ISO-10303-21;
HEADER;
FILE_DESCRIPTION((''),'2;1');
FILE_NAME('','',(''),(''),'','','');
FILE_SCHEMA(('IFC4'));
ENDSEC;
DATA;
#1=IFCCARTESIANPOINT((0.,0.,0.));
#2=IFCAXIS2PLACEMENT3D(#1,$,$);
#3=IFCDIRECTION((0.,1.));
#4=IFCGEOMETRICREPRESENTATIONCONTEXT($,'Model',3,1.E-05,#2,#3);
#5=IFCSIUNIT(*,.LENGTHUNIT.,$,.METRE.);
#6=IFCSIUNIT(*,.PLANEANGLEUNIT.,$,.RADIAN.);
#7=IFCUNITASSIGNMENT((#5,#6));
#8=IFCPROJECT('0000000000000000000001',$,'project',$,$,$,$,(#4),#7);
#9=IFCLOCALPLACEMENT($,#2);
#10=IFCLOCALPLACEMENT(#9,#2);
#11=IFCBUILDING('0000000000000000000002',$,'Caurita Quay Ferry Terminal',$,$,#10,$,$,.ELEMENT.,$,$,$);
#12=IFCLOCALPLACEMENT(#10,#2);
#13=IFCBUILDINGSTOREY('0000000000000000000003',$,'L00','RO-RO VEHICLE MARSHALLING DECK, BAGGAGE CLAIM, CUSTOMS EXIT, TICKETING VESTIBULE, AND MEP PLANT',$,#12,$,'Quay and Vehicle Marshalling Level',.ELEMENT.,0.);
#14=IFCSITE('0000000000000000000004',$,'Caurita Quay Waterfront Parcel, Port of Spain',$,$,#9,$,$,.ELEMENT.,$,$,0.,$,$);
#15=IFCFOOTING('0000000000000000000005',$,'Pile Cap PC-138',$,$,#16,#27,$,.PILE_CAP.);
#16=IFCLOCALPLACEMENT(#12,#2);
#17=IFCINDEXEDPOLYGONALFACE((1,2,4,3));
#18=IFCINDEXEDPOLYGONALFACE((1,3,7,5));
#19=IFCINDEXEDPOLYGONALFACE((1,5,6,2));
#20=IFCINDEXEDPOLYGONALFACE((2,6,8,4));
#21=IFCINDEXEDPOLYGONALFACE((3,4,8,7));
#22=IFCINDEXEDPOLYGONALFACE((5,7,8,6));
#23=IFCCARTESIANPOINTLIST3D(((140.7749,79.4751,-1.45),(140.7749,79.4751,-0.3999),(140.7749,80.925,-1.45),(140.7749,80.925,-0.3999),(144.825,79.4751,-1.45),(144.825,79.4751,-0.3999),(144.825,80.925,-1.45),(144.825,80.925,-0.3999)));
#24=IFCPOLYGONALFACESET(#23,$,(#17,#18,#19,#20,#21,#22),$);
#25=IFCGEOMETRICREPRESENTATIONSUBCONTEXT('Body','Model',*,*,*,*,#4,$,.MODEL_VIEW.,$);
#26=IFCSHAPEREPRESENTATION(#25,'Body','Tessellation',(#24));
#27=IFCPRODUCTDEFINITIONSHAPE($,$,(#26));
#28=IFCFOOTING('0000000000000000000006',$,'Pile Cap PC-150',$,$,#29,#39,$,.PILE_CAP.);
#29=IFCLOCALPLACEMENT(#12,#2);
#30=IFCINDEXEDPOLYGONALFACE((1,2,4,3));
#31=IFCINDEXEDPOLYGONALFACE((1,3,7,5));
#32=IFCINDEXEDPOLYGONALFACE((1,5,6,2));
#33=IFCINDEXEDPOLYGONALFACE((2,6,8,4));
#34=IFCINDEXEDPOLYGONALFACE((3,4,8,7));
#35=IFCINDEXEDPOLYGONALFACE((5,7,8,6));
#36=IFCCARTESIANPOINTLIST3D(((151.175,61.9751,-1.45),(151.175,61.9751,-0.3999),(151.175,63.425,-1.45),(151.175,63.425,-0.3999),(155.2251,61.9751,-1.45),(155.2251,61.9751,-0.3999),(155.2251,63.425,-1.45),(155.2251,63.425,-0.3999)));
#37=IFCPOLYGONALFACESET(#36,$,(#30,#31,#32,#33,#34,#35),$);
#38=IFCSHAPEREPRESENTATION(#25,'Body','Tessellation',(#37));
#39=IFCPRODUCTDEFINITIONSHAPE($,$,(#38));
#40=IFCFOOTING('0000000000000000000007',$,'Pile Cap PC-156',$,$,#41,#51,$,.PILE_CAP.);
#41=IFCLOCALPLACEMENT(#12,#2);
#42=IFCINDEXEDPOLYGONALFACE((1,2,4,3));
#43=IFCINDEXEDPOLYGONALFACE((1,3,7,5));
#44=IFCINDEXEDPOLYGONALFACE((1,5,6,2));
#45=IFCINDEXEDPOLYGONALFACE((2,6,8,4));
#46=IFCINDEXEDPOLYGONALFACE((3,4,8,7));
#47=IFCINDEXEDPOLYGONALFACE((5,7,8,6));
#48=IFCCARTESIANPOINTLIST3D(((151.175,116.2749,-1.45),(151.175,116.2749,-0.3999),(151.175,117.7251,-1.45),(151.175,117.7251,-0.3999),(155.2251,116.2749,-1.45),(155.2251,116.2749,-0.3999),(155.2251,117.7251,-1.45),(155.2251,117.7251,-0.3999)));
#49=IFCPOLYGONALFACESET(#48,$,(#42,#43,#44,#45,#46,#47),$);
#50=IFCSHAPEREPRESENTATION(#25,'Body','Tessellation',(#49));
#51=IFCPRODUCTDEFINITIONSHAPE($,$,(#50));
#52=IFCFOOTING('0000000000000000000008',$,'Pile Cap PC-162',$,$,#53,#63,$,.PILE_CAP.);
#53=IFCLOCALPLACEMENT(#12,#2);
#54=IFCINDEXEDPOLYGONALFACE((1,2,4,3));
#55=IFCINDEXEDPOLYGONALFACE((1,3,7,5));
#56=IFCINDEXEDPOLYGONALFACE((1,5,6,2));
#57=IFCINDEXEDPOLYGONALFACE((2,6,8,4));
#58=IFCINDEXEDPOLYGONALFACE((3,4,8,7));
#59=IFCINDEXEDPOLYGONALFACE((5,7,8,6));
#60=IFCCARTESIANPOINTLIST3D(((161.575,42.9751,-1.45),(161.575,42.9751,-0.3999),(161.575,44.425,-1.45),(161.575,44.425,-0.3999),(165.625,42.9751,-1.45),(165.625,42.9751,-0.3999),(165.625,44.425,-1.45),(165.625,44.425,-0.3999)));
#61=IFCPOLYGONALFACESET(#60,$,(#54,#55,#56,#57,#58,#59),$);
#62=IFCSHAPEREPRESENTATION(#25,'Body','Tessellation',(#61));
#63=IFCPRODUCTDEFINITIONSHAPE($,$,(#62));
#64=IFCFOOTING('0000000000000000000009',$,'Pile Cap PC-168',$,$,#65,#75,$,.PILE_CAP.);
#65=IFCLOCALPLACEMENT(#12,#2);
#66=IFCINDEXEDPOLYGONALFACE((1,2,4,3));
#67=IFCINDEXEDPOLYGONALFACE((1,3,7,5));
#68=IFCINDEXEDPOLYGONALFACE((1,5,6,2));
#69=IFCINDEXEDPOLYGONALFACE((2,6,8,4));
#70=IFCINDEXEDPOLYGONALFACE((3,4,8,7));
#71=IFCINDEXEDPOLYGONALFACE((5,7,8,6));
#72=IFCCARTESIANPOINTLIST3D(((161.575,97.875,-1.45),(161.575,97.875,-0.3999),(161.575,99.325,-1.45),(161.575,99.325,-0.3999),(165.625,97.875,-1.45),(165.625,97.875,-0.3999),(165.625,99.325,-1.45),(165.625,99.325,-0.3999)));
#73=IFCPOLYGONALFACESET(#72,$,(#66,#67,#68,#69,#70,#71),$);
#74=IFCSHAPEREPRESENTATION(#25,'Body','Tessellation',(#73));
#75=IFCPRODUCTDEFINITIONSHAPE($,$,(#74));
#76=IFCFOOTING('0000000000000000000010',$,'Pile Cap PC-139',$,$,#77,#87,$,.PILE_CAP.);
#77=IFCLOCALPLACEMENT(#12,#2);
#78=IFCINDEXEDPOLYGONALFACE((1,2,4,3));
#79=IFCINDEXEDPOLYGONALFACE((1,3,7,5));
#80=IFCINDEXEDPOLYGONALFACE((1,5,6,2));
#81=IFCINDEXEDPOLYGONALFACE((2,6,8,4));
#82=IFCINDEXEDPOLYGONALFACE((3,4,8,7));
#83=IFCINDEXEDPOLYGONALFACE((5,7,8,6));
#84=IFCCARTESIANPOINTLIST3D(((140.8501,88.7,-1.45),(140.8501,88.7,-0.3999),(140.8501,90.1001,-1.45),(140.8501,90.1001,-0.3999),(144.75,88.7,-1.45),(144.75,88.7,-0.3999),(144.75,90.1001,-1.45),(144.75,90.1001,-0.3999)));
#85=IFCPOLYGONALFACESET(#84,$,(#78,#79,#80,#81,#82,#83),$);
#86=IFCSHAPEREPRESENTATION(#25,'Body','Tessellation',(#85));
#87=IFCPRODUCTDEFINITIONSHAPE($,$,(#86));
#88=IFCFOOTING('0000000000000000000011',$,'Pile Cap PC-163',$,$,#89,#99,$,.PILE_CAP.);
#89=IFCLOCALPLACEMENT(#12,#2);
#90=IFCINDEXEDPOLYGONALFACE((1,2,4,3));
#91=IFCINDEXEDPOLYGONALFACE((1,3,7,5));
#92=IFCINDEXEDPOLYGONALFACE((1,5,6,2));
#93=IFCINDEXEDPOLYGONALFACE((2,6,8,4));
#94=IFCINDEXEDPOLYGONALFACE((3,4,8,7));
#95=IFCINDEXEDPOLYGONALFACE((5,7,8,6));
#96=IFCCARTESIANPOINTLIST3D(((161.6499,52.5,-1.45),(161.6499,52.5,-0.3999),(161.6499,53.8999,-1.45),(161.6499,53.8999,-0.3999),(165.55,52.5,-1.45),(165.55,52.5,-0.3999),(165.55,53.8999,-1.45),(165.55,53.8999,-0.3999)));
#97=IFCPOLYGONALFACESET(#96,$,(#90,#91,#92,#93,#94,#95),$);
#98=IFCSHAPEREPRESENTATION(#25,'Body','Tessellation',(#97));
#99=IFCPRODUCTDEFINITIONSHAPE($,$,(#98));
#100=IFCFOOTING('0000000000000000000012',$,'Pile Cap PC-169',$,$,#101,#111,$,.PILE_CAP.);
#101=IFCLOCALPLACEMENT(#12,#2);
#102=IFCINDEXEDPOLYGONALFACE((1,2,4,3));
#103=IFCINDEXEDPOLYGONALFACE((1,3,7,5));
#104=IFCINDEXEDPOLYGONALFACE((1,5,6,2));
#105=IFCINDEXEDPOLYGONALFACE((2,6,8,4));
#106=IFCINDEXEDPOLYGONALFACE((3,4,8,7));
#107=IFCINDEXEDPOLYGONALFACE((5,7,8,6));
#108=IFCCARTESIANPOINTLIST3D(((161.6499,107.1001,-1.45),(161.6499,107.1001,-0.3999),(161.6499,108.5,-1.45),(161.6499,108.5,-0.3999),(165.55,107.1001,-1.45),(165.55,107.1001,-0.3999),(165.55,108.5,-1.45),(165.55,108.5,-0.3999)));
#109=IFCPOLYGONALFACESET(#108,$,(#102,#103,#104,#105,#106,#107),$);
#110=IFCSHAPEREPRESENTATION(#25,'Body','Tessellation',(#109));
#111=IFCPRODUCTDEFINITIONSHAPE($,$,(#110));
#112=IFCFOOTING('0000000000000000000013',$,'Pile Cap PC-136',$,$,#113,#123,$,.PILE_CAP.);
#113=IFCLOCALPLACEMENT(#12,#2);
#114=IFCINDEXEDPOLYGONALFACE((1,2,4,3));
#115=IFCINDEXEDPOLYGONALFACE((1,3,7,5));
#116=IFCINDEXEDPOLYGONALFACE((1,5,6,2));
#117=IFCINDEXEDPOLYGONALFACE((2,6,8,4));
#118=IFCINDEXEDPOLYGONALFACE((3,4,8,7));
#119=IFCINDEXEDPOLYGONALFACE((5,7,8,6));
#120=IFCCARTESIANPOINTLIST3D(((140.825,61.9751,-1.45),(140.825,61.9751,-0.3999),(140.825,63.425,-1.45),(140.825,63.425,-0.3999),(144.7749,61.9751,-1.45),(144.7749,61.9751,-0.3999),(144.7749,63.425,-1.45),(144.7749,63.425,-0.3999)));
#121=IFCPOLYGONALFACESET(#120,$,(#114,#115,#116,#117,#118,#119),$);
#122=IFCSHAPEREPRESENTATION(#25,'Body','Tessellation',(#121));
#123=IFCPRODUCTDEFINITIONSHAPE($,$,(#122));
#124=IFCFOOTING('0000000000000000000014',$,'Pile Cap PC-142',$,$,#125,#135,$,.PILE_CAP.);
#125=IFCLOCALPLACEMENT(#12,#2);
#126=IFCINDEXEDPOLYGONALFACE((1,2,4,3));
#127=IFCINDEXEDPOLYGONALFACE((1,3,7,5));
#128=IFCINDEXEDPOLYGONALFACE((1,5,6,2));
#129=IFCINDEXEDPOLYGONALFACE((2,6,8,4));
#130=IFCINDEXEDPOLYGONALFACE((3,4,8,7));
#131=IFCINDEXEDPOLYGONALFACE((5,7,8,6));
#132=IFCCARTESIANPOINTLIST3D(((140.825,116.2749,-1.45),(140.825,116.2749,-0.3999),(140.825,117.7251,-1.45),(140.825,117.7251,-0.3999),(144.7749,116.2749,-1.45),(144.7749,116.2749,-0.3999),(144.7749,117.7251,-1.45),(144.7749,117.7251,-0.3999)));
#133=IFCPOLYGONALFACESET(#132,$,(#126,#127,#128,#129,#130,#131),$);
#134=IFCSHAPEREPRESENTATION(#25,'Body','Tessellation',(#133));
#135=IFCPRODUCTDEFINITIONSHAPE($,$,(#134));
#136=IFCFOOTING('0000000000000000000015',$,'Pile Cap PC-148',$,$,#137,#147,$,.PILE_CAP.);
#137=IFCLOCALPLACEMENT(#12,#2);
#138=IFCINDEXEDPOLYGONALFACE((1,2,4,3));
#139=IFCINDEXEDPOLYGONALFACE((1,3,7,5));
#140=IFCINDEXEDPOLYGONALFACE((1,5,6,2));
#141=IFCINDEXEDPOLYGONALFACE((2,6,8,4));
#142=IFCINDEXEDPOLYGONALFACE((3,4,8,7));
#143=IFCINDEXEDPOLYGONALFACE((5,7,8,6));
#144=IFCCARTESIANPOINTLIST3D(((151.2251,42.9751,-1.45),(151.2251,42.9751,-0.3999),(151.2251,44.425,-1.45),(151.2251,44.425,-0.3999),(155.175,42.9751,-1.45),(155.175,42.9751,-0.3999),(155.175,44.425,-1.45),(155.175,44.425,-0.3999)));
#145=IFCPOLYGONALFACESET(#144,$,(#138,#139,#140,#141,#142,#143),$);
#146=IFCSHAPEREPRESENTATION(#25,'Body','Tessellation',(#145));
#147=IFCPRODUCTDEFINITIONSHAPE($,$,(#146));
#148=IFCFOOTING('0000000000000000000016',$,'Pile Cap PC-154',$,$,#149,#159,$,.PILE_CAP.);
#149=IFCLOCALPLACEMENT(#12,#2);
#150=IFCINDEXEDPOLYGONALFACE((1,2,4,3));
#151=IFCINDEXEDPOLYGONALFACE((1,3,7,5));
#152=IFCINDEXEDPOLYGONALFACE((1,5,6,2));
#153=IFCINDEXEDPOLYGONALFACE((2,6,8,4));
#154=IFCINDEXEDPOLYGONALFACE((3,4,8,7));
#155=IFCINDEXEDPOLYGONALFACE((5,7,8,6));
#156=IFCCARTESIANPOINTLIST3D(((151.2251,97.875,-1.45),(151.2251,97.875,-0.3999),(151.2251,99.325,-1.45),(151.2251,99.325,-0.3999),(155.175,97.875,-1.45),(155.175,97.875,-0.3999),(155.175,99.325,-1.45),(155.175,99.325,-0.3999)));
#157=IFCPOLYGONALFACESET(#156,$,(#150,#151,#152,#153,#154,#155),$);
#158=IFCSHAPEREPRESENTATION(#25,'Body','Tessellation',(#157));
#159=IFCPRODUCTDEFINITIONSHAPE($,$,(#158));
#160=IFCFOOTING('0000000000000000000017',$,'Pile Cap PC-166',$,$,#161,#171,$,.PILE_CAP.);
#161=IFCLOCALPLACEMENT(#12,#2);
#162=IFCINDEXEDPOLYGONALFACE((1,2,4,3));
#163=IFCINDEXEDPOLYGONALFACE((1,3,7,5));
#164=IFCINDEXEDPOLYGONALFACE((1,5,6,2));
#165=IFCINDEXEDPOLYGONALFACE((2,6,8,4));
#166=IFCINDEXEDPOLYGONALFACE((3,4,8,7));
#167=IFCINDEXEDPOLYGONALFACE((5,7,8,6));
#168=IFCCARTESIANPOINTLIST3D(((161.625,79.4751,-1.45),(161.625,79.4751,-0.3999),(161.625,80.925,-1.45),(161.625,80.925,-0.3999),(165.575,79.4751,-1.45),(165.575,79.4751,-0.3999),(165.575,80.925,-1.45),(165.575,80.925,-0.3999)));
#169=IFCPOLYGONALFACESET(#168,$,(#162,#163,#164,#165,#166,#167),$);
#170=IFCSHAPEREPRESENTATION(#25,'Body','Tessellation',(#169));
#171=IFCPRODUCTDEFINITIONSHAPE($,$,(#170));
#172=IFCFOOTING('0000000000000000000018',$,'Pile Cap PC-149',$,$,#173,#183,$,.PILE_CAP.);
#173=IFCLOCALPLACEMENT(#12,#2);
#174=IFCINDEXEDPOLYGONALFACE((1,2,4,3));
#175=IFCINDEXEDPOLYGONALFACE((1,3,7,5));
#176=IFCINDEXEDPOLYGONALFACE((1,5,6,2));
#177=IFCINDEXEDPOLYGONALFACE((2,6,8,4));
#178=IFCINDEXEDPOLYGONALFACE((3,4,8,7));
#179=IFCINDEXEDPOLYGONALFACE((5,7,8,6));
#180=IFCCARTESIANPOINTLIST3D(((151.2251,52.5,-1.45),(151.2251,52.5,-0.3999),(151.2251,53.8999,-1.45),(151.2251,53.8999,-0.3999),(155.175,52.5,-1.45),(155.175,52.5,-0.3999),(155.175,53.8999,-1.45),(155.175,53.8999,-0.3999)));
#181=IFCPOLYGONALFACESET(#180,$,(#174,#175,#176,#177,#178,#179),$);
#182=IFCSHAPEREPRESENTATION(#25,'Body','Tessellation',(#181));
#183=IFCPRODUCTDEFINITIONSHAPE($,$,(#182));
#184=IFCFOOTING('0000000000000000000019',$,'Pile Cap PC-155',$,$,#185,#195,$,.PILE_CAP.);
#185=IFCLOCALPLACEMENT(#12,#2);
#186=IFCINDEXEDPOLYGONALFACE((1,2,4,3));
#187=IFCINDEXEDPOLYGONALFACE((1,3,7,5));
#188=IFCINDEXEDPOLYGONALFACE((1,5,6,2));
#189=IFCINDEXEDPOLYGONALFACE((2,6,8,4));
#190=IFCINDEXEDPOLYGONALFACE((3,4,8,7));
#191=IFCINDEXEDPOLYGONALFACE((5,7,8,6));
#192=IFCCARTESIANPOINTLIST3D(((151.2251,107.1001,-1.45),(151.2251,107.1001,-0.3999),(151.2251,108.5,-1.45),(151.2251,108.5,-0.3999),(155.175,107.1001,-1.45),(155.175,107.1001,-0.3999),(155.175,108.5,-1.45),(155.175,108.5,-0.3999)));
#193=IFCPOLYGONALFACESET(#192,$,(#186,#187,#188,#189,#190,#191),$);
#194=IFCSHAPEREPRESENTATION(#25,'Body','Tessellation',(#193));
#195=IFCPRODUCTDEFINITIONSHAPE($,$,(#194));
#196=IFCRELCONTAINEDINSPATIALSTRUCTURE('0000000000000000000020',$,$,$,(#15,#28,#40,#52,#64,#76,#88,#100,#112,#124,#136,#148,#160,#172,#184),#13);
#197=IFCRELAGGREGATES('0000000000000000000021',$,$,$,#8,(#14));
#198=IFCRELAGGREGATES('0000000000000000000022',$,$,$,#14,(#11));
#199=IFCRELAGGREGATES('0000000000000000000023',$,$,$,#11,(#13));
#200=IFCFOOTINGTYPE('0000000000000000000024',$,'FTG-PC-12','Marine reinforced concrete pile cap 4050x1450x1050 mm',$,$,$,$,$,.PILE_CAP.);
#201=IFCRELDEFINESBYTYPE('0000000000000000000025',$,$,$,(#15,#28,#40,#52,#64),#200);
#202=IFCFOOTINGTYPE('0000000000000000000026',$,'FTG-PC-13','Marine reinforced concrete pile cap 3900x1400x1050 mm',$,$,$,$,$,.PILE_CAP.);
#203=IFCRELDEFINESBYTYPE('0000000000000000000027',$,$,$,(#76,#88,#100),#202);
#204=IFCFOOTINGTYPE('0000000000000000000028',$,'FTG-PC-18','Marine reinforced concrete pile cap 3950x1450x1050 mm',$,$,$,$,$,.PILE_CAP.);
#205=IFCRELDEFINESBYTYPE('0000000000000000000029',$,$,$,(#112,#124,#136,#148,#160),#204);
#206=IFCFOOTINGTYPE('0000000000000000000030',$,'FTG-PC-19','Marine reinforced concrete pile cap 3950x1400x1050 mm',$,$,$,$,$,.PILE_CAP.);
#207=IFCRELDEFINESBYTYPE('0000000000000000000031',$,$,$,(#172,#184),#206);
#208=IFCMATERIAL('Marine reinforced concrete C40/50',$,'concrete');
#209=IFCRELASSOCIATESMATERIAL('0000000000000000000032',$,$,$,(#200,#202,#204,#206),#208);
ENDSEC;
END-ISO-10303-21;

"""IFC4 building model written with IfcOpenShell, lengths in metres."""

from ifc_helpers import new_model, si_unit, direction, frame, origin, place, context, subcontext, project, spatial, polyline, outline, extrude, material, type_object, element, save


model = new_model("IFC4")

# Units and contexts
model_context = context("Model", 3, precision=1e-05, world=origin(), true_north=direction((0.0, 1.0)))
body_context = subcontext(model_context, "Body", "Model", "MODEL_VIEW")
ifc_project = project(units=[si_unit("LENGTHUNIT", "METRE"), si_unit("PLANEANGLEUNIT", "RADIAN")], contexts=[model_context])

# Site, building, storey
site_placement = place(None, origin())
site = spatial("IfcSite", under=ifc_project, at=site_placement, Name="Caurita Quay Waterfront Parcel, Port of Spain", CompositionType="ELEMENT", RefElevation=0.0)
building_placement = place(site_placement, origin())
building = spatial("IfcBuilding", under=site, at=building_placement, Name="Caurita Quay Ferry Terminal", CompositionType="ELEMENT")
storey_placement = place(building_placement, origin())
storey = spatial("IfcBuildingStorey", under=building, at=storey_placement, Name="L00", Description="RO-RO VEHICLE MARSHALLING DECK, BAGGAGE CLAIM, CUSTOMS EXIT, TICKETING VESTIBULE, AND MEP PLANT", LongName="Quay and Vehicle Marshalling Level", CompositionType="ELEMENT", Elevation=0.0)

# Footings
ifc_material = material(Name="Marine reinforced concrete C40/50", Category="concrete")
footing_type_1 = type_object("IfcFootingType", Name="FTG-PC-12", Description="Marine reinforced concrete pile cap 4050x1450x1050 mm", PredefinedType="PILE_CAP", material=ifc_material)
footing_1_placement = place(storey_placement, frame((0.0, 0.0, -1.45)))
element("IfcFooting", 1, at=footing_1_placement, inside=storey, type_object=footing_type_1, Name="Pile Cap PC-138", PredefinedType="PILE_CAP", context=body_context, shape_type="SweptSolid", body=[
    extrude(outline(polyline([(140.7749, 79.4751), (144.825, 79.4751), (144.825, 80.925), (140.7749, 80.925), (140.7749, 79.4751)])), origin(), (0.0, 0.0, 1.0), 1.05),
])
footing_2_placement = place(storey_placement, frame((0.0, 0.0, -1.45)))
element("IfcFooting", 2, at=footing_2_placement, inside=storey, type_object=footing_type_1, Name="Pile Cap PC-150", PredefinedType="PILE_CAP", context=body_context, shape_type="SweptSolid", body=[
    extrude(outline(polyline([(151.175, 61.9751), (155.2251, 61.9751), (155.2251, 63.425), (151.175, 63.425), (151.175, 61.9751)])), origin(), (0.0, 0.0, 1.0), 1.05),
])
footing_3_placement = place(storey_placement, frame((0.0, 0.0, -1.45)))
element("IfcFooting", 3, at=footing_3_placement, inside=storey, type_object=footing_type_1, Name="Pile Cap PC-156", PredefinedType="PILE_CAP", context=body_context, shape_type="SweptSolid", body=[
    extrude(outline(polyline([(151.175, 116.2749), (155.2251, 116.2749), (155.2251, 117.7251), (151.175, 117.7251), (151.175, 116.2749)])), origin(), (0.0, 0.0, 1.0), 1.05),
])
footing_4_placement = place(storey_placement, frame((0.0, 0.0, -1.45)))
element("IfcFooting", 4, at=footing_4_placement, inside=storey, type_object=footing_type_1, Name="Pile Cap PC-162", PredefinedType="PILE_CAP", context=body_context, shape_type="SweptSolid", body=[
    extrude(outline(polyline([(161.575, 42.9751), (165.625, 42.9751), (165.625, 44.425), (161.575, 44.425), (161.575, 42.9751)])), origin(), (0.0, 0.0, 1.0), 1.05),
])
footing_5_placement = place(storey_placement, frame((0.0, 0.0, -1.45)))
element("IfcFooting", 5, at=footing_5_placement, inside=storey, type_object=footing_type_1, Name="Pile Cap PC-168", PredefinedType="PILE_CAP", context=body_context, shape_type="SweptSolid", body=[
    extrude(outline(polyline([(161.575, 97.875), (165.625, 97.875), (165.625, 99.325), (161.575, 99.325), (161.575, 97.875)])), origin(), (0.0, 0.0, 1.0), 1.05),
])
footing_type_2 = type_object("IfcFootingType", Name="FTG-PC-13", Description="Marine reinforced concrete pile cap 3900x1400x1050 mm", PredefinedType="PILE_CAP", material=ifc_material)
footing_6_placement = place(storey_placement, frame((0.0, 0.0, -1.45)))
element("IfcFooting", 6, at=footing_6_placement, inside=storey, type_object=footing_type_2, Name="Pile Cap PC-139", PredefinedType="PILE_CAP", context=body_context, shape_type="SweptSolid", body=[
    extrude(outline(polyline([(140.8501, 88.7), (144.75, 88.7), (144.75, 90.1001), (140.8501, 90.1001), (140.8501, 88.7)])), origin(), (0.0, 0.0, 1.0), 1.05),
])
footing_7_placement = place(storey_placement, frame((0.0, 0.0, -1.45)))
element("IfcFooting", 7, at=footing_7_placement, inside=storey, type_object=footing_type_2, Name="Pile Cap PC-163", PredefinedType="PILE_CAP", context=body_context, shape_type="SweptSolid", body=[
    extrude(outline(polyline([(161.6499, 52.5), (165.55, 52.5), (165.55, 53.8999), (161.6499, 53.8999), (161.6499, 52.5)])), origin(), (0.0, 0.0, 1.0), 1.05),
])
footing_8_placement = place(storey_placement, frame((0.0, 0.0, -1.45)))
element("IfcFooting", 8, at=footing_8_placement, inside=storey, type_object=footing_type_2, Name="Pile Cap PC-169", PredefinedType="PILE_CAP", context=body_context, shape_type="SweptSolid", body=[
    extrude(outline(polyline([(161.6499, 107.1001), (165.55, 107.1001), (165.55, 108.5), (161.6499, 108.5), (161.6499, 107.1001)])), origin(), (0.0, 0.0, 1.0), 1.05),
])
footing_type_3 = type_object("IfcFootingType", Name="FTG-PC-18", Description="Marine reinforced concrete pile cap 3950x1450x1050 mm", PredefinedType="PILE_CAP", material=ifc_material)
footing_9_placement = place(storey_placement, frame((0.0, 0.0, -1.45)))
element("IfcFooting", 9, at=footing_9_placement, inside=storey, type_object=footing_type_3, Name="Pile Cap PC-136", PredefinedType="PILE_CAP", context=body_context, shape_type="SweptSolid", body=[
    extrude(outline(polyline([(140.825, 61.9751), (144.7749, 61.9751), (144.7749, 63.425), (140.825, 63.425), (140.825, 61.9751)])), origin(), (0.0, 0.0, 1.0), 1.05),
])
footing_10_placement = place(storey_placement, frame((0.0, 0.0, -1.45)))
element("IfcFooting", 10, at=footing_10_placement, inside=storey, type_object=footing_type_3, Name="Pile Cap PC-142", PredefinedType="PILE_CAP", context=body_context, shape_type="SweptSolid", body=[
    extrude(outline(polyline([(140.825, 116.2749), (144.7749, 116.2749), (144.7749, 117.7251), (140.825, 117.7251), (140.825, 116.2749)])), origin(), (0.0, 0.0, 1.0), 1.05),
])
footing_11_placement = place(storey_placement, frame((0.0, 0.0, -1.45)))
element("IfcFooting", 11, at=footing_11_placement, inside=storey, type_object=footing_type_3, Name="Pile Cap PC-148", PredefinedType="PILE_CAP", context=body_context, shape_type="SweptSolid", body=[
    extrude(outline(polyline([(151.2251, 42.9751), (155.175, 42.9751), (155.175, 44.425), (151.2251, 44.425), (151.2251, 42.9751)])), origin(), (0.0, 0.0, 1.0), 1.05),
])
footing_12_placement = place(storey_placement, frame((0.0, 0.0, -1.45)))
element("IfcFooting", 12, at=footing_12_placement, inside=storey, type_object=footing_type_3, Name="Pile Cap PC-154", PredefinedType="PILE_CAP", context=body_context, shape_type="SweptSolid", body=[
    extrude(outline(polyline([(151.2251, 97.875), (155.175, 97.875), (155.175, 99.325), (151.2251, 99.325), (151.2251, 97.875)])), origin(), (0.0, 0.0, 1.0), 1.05),
])
footing_13_placement = place(storey_placement, frame((0.0, 0.0, -1.45)))
element("IfcFooting", 13, at=footing_13_placement, inside=storey, type_object=footing_type_3, Name="Pile Cap PC-166", PredefinedType="PILE_CAP", context=body_context, shape_type="SweptSolid", body=[
    extrude(outline(polyline([(161.625, 79.4751), (165.575, 79.4751), (165.575, 80.925), (161.625, 80.925), (161.625, 79.4751)])), origin(), (0.0, 0.0, 1.0), 1.05),
])
footing_type_4 = type_object("IfcFootingType", Name="FTG-PC-19", Description="Marine reinforced concrete pile cap 3950x1400x1050 mm", PredefinedType="PILE_CAP", material=ifc_material)
footing_14_placement = place(storey_placement, frame((0.0, 0.0, -1.45)))
element("IfcFooting", 14, at=footing_14_placement, inside=storey, type_object=footing_type_4, Name="Pile Cap PC-149", PredefinedType="PILE_CAP", context=body_context, shape_type="SweptSolid", body=[
    extrude(outline(polyline([(151.2251, 52.5), (155.175, 52.5), (155.175, 53.8999), (151.2251, 53.8999), (151.2251, 52.5)])), origin(), (0.0, 0.0, 1.0), 1.05),
])
footing_15_placement = place(storey_placement, frame((0.0, 0.0, -1.45)))
element("IfcFooting", 15, at=footing_15_placement, inside=storey, type_object=footing_type_4, Name="Pile Cap PC-155", PredefinedType="PILE_CAP", context=body_context, shape_type="SweptSolid", body=[
    extrude(outline(polyline([(151.2251, 107.1001), (155.175, 107.1001), (155.175, 108.5), (151.2251, 108.5), (151.2251, 107.1001)])), origin(), (0.0, 0.0, 1.0), 1.05),
])

save(model, "model.ifc")
